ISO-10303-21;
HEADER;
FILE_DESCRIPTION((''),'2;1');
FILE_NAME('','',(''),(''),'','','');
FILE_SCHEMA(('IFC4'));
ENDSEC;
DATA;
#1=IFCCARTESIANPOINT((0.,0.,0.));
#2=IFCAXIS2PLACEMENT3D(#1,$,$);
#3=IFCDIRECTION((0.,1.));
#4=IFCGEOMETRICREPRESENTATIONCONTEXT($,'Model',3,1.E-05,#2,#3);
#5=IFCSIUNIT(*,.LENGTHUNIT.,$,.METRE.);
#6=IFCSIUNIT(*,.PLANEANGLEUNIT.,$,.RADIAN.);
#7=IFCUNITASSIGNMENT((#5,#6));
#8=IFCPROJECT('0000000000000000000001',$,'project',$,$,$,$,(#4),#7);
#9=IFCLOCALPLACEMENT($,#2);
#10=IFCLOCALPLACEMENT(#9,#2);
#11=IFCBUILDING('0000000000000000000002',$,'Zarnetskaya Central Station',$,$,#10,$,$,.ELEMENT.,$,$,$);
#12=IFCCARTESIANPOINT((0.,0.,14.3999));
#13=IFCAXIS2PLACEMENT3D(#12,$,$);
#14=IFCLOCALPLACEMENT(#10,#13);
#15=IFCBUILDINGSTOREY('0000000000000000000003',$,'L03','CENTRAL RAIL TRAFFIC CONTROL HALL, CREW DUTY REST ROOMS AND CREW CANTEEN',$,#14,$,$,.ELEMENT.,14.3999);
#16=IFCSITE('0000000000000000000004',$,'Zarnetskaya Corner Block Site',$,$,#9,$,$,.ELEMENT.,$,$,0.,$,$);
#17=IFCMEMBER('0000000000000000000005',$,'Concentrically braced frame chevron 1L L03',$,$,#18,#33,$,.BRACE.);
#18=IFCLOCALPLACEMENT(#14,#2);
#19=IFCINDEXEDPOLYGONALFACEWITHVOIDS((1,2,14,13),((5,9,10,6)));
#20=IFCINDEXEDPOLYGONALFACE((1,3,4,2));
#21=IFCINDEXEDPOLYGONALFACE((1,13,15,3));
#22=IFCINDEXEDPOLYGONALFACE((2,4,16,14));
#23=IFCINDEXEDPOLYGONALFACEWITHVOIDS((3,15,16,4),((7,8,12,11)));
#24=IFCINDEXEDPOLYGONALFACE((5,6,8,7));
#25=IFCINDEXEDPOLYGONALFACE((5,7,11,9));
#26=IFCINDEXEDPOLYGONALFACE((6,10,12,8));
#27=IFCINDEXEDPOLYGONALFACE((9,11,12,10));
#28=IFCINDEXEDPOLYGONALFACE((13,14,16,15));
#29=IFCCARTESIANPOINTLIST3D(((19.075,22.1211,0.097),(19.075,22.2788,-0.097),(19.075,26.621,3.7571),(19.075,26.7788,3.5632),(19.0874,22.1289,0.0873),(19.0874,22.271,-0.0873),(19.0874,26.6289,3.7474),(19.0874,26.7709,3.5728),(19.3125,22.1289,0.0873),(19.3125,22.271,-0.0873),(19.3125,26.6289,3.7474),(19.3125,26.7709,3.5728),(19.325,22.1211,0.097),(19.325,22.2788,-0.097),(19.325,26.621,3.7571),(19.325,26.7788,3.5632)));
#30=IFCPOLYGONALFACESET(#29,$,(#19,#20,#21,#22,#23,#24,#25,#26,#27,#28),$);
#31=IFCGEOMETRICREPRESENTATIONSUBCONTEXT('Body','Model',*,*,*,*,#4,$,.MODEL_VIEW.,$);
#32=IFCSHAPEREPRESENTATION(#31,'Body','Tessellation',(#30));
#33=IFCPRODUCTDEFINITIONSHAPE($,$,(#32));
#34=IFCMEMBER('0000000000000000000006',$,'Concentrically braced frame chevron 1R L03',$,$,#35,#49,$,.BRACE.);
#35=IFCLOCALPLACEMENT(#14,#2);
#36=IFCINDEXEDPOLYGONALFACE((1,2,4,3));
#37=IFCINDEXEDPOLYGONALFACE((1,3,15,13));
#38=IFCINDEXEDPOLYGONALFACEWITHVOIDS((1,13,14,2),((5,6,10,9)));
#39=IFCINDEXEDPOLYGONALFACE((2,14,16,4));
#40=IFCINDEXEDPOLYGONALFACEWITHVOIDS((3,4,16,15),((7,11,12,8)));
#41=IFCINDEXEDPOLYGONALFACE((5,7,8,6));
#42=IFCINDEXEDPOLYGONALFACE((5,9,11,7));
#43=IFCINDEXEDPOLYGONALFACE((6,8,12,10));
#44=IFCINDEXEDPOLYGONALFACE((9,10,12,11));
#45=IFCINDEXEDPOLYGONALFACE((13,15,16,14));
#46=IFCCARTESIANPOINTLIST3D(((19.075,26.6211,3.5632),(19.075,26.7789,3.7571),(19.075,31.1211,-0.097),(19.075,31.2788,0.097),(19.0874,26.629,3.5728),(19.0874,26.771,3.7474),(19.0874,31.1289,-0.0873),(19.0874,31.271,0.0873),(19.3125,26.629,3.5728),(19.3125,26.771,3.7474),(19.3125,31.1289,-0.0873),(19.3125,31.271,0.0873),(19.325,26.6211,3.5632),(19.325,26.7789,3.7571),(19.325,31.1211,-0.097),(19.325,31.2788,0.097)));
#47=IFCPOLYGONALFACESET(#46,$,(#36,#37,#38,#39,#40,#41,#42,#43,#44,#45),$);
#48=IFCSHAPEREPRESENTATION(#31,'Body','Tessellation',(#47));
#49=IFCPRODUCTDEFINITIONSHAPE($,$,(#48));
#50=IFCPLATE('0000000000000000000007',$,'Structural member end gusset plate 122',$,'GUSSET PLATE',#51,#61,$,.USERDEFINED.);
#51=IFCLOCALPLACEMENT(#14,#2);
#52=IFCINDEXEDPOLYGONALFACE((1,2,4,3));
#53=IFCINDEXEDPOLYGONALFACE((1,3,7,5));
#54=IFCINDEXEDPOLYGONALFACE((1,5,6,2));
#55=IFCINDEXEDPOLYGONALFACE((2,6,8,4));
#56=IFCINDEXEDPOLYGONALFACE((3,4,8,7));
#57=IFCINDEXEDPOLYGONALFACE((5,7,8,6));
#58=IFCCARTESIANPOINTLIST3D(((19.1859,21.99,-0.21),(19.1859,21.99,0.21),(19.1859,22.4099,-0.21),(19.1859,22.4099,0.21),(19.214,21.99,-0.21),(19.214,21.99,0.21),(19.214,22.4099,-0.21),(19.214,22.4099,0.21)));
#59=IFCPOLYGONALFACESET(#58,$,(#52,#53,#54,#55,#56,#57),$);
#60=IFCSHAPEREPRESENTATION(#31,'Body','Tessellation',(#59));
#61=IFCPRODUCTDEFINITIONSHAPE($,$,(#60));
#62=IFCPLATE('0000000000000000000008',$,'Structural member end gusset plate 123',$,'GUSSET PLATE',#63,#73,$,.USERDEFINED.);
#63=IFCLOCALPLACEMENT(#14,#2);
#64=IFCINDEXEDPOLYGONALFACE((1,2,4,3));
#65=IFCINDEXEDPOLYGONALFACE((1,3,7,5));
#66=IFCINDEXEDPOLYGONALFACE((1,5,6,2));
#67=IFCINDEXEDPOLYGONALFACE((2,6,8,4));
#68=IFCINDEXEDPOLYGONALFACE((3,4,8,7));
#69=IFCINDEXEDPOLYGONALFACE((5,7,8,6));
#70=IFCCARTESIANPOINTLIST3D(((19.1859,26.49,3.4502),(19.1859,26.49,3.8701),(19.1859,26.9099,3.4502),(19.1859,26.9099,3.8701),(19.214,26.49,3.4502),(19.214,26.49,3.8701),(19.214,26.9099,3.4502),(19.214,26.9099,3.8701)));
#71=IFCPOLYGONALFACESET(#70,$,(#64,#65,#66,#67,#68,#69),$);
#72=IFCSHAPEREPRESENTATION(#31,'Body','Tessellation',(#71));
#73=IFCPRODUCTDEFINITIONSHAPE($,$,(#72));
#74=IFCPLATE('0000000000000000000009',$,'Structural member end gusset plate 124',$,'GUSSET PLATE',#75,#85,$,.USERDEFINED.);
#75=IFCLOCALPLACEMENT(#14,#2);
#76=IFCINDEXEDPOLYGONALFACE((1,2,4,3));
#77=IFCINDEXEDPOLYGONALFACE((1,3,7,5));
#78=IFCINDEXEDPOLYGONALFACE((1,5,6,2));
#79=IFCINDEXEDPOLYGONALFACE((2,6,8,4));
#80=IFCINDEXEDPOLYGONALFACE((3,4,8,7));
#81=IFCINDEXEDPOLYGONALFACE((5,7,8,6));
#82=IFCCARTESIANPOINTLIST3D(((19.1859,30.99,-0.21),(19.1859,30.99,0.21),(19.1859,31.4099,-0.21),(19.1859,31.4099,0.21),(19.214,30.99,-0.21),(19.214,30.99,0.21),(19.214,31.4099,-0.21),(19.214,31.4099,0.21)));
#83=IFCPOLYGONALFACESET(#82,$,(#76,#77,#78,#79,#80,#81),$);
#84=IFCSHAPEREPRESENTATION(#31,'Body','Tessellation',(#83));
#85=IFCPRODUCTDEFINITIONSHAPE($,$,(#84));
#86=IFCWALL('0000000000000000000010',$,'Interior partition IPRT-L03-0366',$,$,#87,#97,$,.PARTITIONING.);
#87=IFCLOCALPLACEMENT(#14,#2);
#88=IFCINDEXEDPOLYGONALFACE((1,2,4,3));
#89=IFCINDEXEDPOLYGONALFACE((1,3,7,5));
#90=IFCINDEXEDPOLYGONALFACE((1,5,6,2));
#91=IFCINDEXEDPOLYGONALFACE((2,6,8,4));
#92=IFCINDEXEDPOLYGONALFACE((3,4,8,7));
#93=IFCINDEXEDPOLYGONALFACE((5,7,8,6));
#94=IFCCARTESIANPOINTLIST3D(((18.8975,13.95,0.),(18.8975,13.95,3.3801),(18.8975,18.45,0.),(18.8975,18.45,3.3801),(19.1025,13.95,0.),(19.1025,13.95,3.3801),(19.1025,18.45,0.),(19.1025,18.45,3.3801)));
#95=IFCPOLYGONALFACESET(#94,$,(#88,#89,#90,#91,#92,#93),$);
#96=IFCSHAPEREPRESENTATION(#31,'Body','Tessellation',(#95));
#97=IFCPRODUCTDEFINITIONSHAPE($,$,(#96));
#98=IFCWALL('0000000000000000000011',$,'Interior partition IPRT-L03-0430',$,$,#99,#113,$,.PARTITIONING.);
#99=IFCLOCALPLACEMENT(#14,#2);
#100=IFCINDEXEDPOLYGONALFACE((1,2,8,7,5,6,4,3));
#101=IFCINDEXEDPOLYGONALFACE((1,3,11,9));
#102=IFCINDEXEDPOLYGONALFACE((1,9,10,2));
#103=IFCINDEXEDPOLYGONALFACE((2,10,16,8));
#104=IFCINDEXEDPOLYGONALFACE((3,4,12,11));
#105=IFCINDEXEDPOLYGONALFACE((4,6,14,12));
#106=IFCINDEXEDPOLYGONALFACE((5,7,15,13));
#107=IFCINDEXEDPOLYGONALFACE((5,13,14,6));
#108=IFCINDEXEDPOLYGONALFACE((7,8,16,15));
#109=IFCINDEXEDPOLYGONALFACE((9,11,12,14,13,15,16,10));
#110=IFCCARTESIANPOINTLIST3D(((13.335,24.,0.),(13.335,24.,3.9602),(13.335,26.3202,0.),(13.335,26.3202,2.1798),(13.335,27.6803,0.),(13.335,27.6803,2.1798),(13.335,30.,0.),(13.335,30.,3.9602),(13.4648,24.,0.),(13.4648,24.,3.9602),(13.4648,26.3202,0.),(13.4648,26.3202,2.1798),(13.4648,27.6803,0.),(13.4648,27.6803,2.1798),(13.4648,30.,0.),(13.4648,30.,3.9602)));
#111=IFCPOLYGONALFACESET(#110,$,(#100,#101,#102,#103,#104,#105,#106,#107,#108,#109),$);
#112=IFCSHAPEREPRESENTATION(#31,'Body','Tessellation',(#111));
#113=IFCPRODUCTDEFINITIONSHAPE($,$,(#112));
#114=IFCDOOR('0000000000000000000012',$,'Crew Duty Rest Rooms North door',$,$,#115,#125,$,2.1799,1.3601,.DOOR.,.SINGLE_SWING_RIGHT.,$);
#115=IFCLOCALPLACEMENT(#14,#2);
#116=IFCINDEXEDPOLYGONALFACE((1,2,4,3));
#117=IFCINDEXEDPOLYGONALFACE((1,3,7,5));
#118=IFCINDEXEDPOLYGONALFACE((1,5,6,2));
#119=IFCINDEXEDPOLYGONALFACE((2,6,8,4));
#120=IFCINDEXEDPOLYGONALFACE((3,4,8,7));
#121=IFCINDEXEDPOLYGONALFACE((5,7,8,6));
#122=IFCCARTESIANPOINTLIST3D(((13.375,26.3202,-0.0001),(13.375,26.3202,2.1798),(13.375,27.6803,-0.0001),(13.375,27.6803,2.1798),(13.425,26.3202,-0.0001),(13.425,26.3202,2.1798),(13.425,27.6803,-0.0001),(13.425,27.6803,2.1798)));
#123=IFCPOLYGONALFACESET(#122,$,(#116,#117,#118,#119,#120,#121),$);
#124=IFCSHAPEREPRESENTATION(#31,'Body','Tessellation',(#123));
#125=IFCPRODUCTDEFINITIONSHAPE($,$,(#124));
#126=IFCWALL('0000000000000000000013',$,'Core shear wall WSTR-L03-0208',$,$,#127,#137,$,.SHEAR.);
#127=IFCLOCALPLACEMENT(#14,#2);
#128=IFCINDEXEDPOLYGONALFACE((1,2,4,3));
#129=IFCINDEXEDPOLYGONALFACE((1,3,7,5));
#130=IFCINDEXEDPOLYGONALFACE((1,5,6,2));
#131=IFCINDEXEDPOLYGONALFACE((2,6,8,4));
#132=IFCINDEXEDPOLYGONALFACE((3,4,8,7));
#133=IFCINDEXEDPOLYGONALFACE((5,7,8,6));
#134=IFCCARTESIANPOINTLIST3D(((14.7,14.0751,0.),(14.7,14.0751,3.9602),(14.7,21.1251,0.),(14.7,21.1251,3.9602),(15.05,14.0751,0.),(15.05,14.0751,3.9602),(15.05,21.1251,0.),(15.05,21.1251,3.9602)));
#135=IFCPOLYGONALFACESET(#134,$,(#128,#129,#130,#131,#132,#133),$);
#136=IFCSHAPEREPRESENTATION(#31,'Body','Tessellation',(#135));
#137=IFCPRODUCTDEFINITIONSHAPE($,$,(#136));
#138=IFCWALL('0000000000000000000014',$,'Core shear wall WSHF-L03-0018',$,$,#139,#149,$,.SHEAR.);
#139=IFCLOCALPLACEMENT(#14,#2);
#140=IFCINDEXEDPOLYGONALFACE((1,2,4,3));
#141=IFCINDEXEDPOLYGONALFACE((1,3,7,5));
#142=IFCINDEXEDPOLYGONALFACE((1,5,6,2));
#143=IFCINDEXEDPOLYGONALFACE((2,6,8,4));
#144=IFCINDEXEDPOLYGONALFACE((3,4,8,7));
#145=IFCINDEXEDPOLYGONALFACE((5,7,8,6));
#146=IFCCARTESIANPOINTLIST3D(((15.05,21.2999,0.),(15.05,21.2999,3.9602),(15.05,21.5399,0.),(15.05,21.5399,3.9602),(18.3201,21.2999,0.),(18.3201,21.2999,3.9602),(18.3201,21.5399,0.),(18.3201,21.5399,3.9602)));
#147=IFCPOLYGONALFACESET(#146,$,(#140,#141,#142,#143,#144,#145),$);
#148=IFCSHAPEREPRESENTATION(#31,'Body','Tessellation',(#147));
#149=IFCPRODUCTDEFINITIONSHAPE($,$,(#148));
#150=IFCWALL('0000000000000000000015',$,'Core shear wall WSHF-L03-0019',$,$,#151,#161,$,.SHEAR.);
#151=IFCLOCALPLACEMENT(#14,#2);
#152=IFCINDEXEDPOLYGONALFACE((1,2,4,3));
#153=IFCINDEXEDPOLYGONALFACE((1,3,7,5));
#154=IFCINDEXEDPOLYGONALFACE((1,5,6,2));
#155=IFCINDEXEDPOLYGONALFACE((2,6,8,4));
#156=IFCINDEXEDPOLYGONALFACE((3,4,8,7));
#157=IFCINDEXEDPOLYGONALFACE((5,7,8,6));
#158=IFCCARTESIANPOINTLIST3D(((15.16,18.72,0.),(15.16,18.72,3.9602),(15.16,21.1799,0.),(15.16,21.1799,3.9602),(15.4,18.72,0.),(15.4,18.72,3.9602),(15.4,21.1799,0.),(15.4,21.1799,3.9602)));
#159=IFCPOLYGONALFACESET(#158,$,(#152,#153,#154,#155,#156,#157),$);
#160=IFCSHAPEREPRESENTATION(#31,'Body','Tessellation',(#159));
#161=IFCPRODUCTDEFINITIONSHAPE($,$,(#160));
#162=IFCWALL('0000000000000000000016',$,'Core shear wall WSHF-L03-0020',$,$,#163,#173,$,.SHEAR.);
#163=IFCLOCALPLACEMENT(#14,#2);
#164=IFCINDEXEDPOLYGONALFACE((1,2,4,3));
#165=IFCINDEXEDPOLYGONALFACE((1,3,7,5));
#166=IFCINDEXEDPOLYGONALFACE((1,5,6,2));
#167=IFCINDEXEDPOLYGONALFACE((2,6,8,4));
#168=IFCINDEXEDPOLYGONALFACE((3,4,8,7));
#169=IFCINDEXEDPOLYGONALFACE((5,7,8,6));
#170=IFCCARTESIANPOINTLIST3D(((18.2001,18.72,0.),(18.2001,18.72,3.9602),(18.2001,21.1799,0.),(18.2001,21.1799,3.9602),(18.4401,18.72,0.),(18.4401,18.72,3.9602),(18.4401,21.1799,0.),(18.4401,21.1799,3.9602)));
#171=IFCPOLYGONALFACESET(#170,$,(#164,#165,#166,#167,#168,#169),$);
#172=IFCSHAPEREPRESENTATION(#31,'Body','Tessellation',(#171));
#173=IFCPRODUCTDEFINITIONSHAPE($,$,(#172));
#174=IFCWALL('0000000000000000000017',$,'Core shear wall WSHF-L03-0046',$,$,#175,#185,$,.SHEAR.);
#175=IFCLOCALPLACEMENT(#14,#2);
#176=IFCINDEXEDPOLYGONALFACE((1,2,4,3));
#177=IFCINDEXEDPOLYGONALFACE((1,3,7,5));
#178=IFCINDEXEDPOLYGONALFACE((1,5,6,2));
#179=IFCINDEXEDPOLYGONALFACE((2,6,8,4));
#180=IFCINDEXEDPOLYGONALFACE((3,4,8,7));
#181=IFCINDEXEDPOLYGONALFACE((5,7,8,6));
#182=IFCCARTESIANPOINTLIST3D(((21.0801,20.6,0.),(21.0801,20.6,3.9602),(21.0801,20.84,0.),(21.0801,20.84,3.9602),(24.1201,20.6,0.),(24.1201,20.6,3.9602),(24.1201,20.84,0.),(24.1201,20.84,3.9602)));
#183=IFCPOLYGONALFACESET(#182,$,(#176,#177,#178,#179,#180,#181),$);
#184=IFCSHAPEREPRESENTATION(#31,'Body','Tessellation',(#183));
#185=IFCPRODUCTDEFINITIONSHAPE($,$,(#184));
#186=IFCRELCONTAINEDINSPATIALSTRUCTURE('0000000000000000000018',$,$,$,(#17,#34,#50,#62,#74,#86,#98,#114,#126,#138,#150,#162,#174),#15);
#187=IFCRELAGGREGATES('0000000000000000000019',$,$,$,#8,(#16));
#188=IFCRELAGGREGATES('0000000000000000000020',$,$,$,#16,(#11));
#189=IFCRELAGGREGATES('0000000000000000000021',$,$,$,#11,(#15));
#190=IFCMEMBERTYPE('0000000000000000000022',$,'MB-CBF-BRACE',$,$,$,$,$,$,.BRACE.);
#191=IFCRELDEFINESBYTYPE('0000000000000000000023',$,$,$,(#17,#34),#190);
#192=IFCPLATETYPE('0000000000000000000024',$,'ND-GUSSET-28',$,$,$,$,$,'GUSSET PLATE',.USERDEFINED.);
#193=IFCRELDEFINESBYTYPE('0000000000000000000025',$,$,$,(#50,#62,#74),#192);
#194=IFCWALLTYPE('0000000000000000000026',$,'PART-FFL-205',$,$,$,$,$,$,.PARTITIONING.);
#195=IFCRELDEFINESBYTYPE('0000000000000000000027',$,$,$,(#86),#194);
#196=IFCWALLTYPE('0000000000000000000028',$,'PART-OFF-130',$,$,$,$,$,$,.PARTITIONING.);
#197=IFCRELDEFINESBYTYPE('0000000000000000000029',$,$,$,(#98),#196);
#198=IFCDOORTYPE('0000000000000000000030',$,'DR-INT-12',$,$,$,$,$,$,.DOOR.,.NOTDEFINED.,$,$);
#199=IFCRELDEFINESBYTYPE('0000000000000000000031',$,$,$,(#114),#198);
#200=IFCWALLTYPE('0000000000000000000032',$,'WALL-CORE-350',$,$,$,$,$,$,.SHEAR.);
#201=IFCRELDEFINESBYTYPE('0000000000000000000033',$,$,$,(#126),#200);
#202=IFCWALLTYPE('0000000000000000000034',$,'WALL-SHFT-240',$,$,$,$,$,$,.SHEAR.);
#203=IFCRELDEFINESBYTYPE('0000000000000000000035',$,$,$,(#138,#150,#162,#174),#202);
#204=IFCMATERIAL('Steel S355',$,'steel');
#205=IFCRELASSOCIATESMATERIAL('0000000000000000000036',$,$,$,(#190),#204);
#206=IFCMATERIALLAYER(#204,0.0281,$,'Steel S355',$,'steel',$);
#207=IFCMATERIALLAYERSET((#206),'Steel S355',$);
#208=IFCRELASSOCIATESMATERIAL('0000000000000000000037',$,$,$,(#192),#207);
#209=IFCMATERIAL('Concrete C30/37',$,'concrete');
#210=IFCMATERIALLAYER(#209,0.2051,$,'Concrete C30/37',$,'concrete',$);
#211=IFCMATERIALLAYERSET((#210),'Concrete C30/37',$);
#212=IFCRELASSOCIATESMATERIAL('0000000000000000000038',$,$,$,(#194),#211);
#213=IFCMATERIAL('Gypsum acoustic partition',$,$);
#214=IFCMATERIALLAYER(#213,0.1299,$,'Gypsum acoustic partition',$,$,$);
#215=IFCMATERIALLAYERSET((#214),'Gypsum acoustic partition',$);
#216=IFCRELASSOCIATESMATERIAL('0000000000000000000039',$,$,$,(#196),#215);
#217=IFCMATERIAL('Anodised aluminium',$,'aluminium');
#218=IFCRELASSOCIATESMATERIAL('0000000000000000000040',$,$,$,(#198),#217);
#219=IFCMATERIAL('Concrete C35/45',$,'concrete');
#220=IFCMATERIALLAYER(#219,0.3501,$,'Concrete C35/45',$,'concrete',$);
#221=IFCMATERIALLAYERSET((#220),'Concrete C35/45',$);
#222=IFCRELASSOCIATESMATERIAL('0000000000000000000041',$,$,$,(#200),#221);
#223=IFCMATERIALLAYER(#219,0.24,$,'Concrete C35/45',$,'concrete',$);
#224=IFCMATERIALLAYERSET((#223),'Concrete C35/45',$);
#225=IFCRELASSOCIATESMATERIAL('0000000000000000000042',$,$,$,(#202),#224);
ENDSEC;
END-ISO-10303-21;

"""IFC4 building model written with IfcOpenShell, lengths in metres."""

from ifc_helpers import new_model, si_unit, direction, frame, frame_2d, origin, origin_2d, place, context, subcontext, project, spatial, rectangle, hollow_rectangle, extrude, material, layer, layer_set, material_profile, profile_set, type_object, element, fill, save


model = new_model("IFC4")

# Units and contexts
model_context = context("Model", 3, precision=1e-05, world=origin(), true_north=direction((0.0, 1.0)))
body_context = subcontext(model_context, "Body", "Model", "MODEL_VIEW")
ifc_project = project(units=[si_unit("LENGTHUNIT", "METRE"), si_unit("PLANEANGLEUNIT", "RADIAN")], contexts=[model_context])

# Site, building, storey
site_placement = place(None, origin())
site = spatial("IfcSite", under=ifc_project, at=site_placement, Name="Zarnetskaya Corner Block Site", CompositionType="ELEMENT", RefElevation=0.0)
building_placement = place(site_placement, origin())
building = spatial("IfcBuilding", under=site, at=building_placement, Name="Zarnetskaya Central Station", CompositionType="ELEMENT")
storey_placement = place(building_placement, frame((0.0, 0.0, 14.3999)))
storey = spatial("IfcBuildingStorey", under=building, at=storey_placement, Name="L03", Description="CENTRAL RAIL TRAFFIC CONTROL HALL, CREW DUTY REST ROOMS AND CREW CANTEEN", CompositionType="ELEMENT", Elevation=14.3999)

# Shared definitions
ifc_material_1 = material(Name="Steel S355", Category="steel")

# Members
ifc_material_profile_1 = material_profile(ifc_material_1, hollow_rectangle(XDim=0.25, YDim=0.25, WallThickness=0.0125, at=origin_2d()), Name="SHS 250x250x12.5")
ifc_profile_set_1 = profile_set([ifc_material_profile_1], Name="Steel S355")
member_type = type_object("IfcMemberType", Name="MB-CBF-BRACE", PredefinedType="BRACE", material=ifc_profile_set_1)
for number, where, z_axis, x_axis, name in (
    (1, (19.2, 22.2, 0.0), (0.0, 0.775784, 0.630998), (-1.0, 0.0, 0.0), "Concentrically braced frame chevron 1L L03"),
    (2, (19.2, 31.2, 0.0), (0.0, -0.775784, 0.630998), (1.0, 0.0, 0.0), "Concentrically braced frame chevron 1R L03"),
):
    element("IfcMember", number, at=place(storey_placement, frame(where, z_axis=z_axis, x_axis=x_axis)), inside=storey, type_object=member_type, Name=name, PredefinedType="BRACE", context=body_context, shape_type="SweptSolid", body=[
        extrude(hollow_rectangle(XDim=0.25, YDim=0.25, WallThickness=0.0125, at=origin_2d()), origin(), (0.0, 0.0, 1.0), 5.8005),
    ])

# Plates
ifc_layer_1 = layer(ifc_material_1, 0.0281, Name="Steel S355", Category="steel")
ifc_layer_set_1 = layer_set([ifc_layer_1], Name="Steel S355")
plate_type = type_object("IfcPlateType", Name="ND-GUSSET-28", ElementType="GUSSET PLATE", PredefinedType="USERDEFINED", material=ifc_layer_set_1)
for number, where, z_axis, x_axis, name in (
    (3, (19.2, 22.2, -0.21), (0.0, 0.0, 1.0), (1.0, 0.0, 0.0), "Structural member end gusset plate 122"),
    (4, (19.2, 26.7, 3.4502), (0.0, 0.0, 1.0), (1.0, 0.0, 0.0), "Structural member end gusset plate 123"),
    (5, (19.2, 31.2, -0.21), (0.0, 0.0, 1.0), (1.0, 0.0, 0.0), "Structural member end gusset plate 124"),
):
    element("IfcPlate", number, at=place(storey_placement, frame(where, z_axis=z_axis, x_axis=x_axis)), inside=storey, type_object=plate_type, Name=name, ObjectType="GUSSET PLATE", PredefinedType="USERDEFINED", context=body_context, shape_type="SweptSolid", body=[
        extrude(rectangle(XDim=0.0281, YDim=0.4199, at=origin_2d()), origin(), (0.0, 0.0, 1.0), 0.4199),
    ])

# Wall
ifc_material_2 = material(Name="Concrete C30/37", Category="concrete")
ifc_layer_2 = layer(ifc_material_2, 0.2051, Name="Concrete C30/37", Category="concrete")
ifc_layer_set_2 = layer_set([ifc_layer_2], Name="Concrete C30/37")
wall_type_1 = type_object("IfcWallType", Name="PART-FFL-205", PredefinedType="PARTITIONING", material=ifc_layer_set_2)
wall_1_placement = place(storey_placement, frame((19.0, 18.45, 0.0), z_axis=(0.0, 0.0, 1.0), x_axis=(0.0, -1.0, 0.0)))
element("IfcWall", 6, at=wall_1_placement, inside=storey, type_object=wall_type_1, Name="Interior partition IPRT-L03-0366", PredefinedType="PARTITIONING", context=body_context, shape_type="SweptSolid", body=[
    extrude(rectangle(XDim=4.5, YDim=0.2051, at=frame_2d((2.25, 0.0))), origin(), (0.0, 0.0, 1.0), 3.3801),
])

# Wall, opening, door
ifc_material_3 = material(Name="Gypsum acoustic partition")
ifc_layer_3 = layer(ifc_material_3, 0.1299, Name="Gypsum acoustic partition")
ifc_layer_set_3 = layer_set([ifc_layer_3], Name="Gypsum acoustic partition")
wall_type_2 = type_object("IfcWallType", Name="PART-OFF-130", PredefinedType="PARTITIONING", material=ifc_layer_set_3)
wall_2_placement = place(storey_placement, frame((13.3999, 24.0, 0.0), z_axis=(0.0, 0.0, 1.0), x_axis=(0.0, 1.0, 0.0)))
wall_2 = element("IfcWall", 7, at=wall_2_placement, inside=storey, type_object=wall_type_2, Name="Interior partition IPRT-L03-0430", PredefinedType="PARTITIONING", context=body_context, shape_type="SweptSolid", body=[
    extrude(rectangle(XDim=6.0, YDim=0.1299, at=frame_2d((3.0, 0.0))), origin(), (0.0, 0.0, 1.0), 3.9602),
])
opening_1_placement = place(wall_2_placement, frame((2.3201, 0.0, 0.0)))
opening_1 = element("IfcOpeningElement", 8, at=opening_1_placement, cuts=wall_2, PredefinedType="OPENING", context=body_context, shape_type="SweptSolid", body=[
    extrude(rectangle(XDim=1.3601, YDim=2.1799, at=frame_2d((0.6802, 1.0898))), frame((0.0, 0.075, 0.0), z_axis=(0.0, -1.0, 0.0), x_axis=(1.0, 0.0, 0.0)), (0.0, 0.0, 1.0), 0.1499),
])
ifc_material_4 = material(Name="Anodised aluminium", Category="aluminium")
door_type_1 = type_object("IfcDoorType", Name="DR-INT-12", OperationType="NOTDEFINED", PredefinedType="DOOR", material=ifc_material_4)
door_1_placement = place(opening_1_placement, origin())
door_1 = element("IfcDoor", 9, at=door_1_placement, inside=storey, type_object=door_type_1, Name="Crew Duty Rest Rooms North door", OperationType="SINGLE_SWING_RIGHT", OverallHeight=2.1799, OverallWidth=1.3601, PredefinedType="DOOR", context=body_context, shape_type="SweptSolid", body=[
    extrude(rectangle(XDim=1.3601, YDim=2.1799, at=frame_2d((0.6802, 1.0898))), frame((0.0, 0.0249, 0.0), z_axis=(0.0, -1.0, 0.0), x_axis=(1.0, 0.0, 0.0)), (0.0, 0.0, 1.0), 0.05),
])
fill(opening_1, door_1)

# Wall
ifc_material_5 = material(Name="Concrete C35/45", Category="concrete")
ifc_layer_4 = layer(ifc_material_5, 0.3501, Name="Concrete C35/45", Category="concrete")
ifc_layer_set_4 = layer_set([ifc_layer_4], Name="Concrete C35/45")
wall_type_3 = type_object("IfcWallType", Name="WALL-CORE-350", PredefinedType="SHEAR", material=ifc_layer_set_4)
wall_3_placement = place(storey_placement, frame((14.875, 21.125, 0.0), z_axis=(0.0, 0.0, 1.0), x_axis=(0.0, -1.0, 0.0)))
element("IfcWall", 10, at=wall_3_placement, inside=storey, type_object=wall_type_3, Name="Core shear wall WSTR-L03-0208", PredefinedType="SHEAR", context=body_context, shape_type="SweptSolid", body=[
    extrude(rectangle(XDim=7.05, YDim=0.3501, at=frame_2d((3.5249, 0.0))), origin(), (0.0, 0.0, 1.0), 3.9602),
])

# Shared definitions
ifc_layer_5 = layer(ifc_material_5, 0.24, Name="Concrete C35/45", Category="concrete")
ifc_layer_set_5 = layer_set([ifc_layer_5], Name="Concrete C35/45")
wall_type_4 = type_object("IfcWallType", Name="WALL-SHFT-240", PredefinedType="SHEAR", material=ifc_layer_set_5)

# Walls
wall_4_placement = place(storey_placement, frame((15.05, 21.4199, 0.0), z_axis=(0.0, 0.0, 1.0), x_axis=(1.0, 0.0, 0.0)))
element("IfcWall", 11, at=wall_4_placement, inside=storey, type_object=wall_type_4, Name="Core shear wall WSHF-L03-0018", PredefinedType="SHEAR", context=body_context, shape_type="SweptSolid", body=[
    extrude(rectangle(XDim=3.27, YDim=0.24, at=frame_2d((1.635, 0.0))), origin(), (0.0, 0.0, 1.0), 3.9602),
])
for number, where, z_axis, x_axis, name in (
    (12, (15.28, 18.72, 0.0), (0.0, 0.0, 1.0), (0.0, 1.0, 0.0), "Core shear wall WSHF-L03-0019"),
    (13, (18.3201, 21.1799, 0.0), (0.0, 0.0, 1.0), (0.0, -1.0, 0.0), "Core shear wall WSHF-L03-0020"),
):
    element("IfcWall", number, at=place(storey_placement, frame(where, z_axis=z_axis, x_axis=x_axis)), inside=storey, type_object=wall_type_4, Name=name, PredefinedType="SHEAR", context=body_context, shape_type="SweptSolid", body=[
        extrude(rectangle(XDim=2.46, YDim=0.24, at=frame_2d((1.23, 0.0))), origin(), (0.0, 0.0, 1.0), 3.9602),
    ])

# Wall
wall_5_placement = place(storey_placement, frame((21.0801, 20.72, 0.0), z_axis=(0.0, 0.0, 1.0), x_axis=(1.0, 0.0, 0.0)))
element("IfcWall", 14, at=wall_5_placement, inside=storey, type_object=wall_type_4, Name="Core shear wall WSHF-L03-0046", PredefinedType="SHEAR", context=body_context, shape_type="SweptSolid", body=[
    extrude(rectangle(XDim=3.04, YDim=0.24, at=frame_2d((1.52, 0.0))), origin(), (0.0, 0.0, 1.0), 3.9602),
])

save(model, "model.ifc")
